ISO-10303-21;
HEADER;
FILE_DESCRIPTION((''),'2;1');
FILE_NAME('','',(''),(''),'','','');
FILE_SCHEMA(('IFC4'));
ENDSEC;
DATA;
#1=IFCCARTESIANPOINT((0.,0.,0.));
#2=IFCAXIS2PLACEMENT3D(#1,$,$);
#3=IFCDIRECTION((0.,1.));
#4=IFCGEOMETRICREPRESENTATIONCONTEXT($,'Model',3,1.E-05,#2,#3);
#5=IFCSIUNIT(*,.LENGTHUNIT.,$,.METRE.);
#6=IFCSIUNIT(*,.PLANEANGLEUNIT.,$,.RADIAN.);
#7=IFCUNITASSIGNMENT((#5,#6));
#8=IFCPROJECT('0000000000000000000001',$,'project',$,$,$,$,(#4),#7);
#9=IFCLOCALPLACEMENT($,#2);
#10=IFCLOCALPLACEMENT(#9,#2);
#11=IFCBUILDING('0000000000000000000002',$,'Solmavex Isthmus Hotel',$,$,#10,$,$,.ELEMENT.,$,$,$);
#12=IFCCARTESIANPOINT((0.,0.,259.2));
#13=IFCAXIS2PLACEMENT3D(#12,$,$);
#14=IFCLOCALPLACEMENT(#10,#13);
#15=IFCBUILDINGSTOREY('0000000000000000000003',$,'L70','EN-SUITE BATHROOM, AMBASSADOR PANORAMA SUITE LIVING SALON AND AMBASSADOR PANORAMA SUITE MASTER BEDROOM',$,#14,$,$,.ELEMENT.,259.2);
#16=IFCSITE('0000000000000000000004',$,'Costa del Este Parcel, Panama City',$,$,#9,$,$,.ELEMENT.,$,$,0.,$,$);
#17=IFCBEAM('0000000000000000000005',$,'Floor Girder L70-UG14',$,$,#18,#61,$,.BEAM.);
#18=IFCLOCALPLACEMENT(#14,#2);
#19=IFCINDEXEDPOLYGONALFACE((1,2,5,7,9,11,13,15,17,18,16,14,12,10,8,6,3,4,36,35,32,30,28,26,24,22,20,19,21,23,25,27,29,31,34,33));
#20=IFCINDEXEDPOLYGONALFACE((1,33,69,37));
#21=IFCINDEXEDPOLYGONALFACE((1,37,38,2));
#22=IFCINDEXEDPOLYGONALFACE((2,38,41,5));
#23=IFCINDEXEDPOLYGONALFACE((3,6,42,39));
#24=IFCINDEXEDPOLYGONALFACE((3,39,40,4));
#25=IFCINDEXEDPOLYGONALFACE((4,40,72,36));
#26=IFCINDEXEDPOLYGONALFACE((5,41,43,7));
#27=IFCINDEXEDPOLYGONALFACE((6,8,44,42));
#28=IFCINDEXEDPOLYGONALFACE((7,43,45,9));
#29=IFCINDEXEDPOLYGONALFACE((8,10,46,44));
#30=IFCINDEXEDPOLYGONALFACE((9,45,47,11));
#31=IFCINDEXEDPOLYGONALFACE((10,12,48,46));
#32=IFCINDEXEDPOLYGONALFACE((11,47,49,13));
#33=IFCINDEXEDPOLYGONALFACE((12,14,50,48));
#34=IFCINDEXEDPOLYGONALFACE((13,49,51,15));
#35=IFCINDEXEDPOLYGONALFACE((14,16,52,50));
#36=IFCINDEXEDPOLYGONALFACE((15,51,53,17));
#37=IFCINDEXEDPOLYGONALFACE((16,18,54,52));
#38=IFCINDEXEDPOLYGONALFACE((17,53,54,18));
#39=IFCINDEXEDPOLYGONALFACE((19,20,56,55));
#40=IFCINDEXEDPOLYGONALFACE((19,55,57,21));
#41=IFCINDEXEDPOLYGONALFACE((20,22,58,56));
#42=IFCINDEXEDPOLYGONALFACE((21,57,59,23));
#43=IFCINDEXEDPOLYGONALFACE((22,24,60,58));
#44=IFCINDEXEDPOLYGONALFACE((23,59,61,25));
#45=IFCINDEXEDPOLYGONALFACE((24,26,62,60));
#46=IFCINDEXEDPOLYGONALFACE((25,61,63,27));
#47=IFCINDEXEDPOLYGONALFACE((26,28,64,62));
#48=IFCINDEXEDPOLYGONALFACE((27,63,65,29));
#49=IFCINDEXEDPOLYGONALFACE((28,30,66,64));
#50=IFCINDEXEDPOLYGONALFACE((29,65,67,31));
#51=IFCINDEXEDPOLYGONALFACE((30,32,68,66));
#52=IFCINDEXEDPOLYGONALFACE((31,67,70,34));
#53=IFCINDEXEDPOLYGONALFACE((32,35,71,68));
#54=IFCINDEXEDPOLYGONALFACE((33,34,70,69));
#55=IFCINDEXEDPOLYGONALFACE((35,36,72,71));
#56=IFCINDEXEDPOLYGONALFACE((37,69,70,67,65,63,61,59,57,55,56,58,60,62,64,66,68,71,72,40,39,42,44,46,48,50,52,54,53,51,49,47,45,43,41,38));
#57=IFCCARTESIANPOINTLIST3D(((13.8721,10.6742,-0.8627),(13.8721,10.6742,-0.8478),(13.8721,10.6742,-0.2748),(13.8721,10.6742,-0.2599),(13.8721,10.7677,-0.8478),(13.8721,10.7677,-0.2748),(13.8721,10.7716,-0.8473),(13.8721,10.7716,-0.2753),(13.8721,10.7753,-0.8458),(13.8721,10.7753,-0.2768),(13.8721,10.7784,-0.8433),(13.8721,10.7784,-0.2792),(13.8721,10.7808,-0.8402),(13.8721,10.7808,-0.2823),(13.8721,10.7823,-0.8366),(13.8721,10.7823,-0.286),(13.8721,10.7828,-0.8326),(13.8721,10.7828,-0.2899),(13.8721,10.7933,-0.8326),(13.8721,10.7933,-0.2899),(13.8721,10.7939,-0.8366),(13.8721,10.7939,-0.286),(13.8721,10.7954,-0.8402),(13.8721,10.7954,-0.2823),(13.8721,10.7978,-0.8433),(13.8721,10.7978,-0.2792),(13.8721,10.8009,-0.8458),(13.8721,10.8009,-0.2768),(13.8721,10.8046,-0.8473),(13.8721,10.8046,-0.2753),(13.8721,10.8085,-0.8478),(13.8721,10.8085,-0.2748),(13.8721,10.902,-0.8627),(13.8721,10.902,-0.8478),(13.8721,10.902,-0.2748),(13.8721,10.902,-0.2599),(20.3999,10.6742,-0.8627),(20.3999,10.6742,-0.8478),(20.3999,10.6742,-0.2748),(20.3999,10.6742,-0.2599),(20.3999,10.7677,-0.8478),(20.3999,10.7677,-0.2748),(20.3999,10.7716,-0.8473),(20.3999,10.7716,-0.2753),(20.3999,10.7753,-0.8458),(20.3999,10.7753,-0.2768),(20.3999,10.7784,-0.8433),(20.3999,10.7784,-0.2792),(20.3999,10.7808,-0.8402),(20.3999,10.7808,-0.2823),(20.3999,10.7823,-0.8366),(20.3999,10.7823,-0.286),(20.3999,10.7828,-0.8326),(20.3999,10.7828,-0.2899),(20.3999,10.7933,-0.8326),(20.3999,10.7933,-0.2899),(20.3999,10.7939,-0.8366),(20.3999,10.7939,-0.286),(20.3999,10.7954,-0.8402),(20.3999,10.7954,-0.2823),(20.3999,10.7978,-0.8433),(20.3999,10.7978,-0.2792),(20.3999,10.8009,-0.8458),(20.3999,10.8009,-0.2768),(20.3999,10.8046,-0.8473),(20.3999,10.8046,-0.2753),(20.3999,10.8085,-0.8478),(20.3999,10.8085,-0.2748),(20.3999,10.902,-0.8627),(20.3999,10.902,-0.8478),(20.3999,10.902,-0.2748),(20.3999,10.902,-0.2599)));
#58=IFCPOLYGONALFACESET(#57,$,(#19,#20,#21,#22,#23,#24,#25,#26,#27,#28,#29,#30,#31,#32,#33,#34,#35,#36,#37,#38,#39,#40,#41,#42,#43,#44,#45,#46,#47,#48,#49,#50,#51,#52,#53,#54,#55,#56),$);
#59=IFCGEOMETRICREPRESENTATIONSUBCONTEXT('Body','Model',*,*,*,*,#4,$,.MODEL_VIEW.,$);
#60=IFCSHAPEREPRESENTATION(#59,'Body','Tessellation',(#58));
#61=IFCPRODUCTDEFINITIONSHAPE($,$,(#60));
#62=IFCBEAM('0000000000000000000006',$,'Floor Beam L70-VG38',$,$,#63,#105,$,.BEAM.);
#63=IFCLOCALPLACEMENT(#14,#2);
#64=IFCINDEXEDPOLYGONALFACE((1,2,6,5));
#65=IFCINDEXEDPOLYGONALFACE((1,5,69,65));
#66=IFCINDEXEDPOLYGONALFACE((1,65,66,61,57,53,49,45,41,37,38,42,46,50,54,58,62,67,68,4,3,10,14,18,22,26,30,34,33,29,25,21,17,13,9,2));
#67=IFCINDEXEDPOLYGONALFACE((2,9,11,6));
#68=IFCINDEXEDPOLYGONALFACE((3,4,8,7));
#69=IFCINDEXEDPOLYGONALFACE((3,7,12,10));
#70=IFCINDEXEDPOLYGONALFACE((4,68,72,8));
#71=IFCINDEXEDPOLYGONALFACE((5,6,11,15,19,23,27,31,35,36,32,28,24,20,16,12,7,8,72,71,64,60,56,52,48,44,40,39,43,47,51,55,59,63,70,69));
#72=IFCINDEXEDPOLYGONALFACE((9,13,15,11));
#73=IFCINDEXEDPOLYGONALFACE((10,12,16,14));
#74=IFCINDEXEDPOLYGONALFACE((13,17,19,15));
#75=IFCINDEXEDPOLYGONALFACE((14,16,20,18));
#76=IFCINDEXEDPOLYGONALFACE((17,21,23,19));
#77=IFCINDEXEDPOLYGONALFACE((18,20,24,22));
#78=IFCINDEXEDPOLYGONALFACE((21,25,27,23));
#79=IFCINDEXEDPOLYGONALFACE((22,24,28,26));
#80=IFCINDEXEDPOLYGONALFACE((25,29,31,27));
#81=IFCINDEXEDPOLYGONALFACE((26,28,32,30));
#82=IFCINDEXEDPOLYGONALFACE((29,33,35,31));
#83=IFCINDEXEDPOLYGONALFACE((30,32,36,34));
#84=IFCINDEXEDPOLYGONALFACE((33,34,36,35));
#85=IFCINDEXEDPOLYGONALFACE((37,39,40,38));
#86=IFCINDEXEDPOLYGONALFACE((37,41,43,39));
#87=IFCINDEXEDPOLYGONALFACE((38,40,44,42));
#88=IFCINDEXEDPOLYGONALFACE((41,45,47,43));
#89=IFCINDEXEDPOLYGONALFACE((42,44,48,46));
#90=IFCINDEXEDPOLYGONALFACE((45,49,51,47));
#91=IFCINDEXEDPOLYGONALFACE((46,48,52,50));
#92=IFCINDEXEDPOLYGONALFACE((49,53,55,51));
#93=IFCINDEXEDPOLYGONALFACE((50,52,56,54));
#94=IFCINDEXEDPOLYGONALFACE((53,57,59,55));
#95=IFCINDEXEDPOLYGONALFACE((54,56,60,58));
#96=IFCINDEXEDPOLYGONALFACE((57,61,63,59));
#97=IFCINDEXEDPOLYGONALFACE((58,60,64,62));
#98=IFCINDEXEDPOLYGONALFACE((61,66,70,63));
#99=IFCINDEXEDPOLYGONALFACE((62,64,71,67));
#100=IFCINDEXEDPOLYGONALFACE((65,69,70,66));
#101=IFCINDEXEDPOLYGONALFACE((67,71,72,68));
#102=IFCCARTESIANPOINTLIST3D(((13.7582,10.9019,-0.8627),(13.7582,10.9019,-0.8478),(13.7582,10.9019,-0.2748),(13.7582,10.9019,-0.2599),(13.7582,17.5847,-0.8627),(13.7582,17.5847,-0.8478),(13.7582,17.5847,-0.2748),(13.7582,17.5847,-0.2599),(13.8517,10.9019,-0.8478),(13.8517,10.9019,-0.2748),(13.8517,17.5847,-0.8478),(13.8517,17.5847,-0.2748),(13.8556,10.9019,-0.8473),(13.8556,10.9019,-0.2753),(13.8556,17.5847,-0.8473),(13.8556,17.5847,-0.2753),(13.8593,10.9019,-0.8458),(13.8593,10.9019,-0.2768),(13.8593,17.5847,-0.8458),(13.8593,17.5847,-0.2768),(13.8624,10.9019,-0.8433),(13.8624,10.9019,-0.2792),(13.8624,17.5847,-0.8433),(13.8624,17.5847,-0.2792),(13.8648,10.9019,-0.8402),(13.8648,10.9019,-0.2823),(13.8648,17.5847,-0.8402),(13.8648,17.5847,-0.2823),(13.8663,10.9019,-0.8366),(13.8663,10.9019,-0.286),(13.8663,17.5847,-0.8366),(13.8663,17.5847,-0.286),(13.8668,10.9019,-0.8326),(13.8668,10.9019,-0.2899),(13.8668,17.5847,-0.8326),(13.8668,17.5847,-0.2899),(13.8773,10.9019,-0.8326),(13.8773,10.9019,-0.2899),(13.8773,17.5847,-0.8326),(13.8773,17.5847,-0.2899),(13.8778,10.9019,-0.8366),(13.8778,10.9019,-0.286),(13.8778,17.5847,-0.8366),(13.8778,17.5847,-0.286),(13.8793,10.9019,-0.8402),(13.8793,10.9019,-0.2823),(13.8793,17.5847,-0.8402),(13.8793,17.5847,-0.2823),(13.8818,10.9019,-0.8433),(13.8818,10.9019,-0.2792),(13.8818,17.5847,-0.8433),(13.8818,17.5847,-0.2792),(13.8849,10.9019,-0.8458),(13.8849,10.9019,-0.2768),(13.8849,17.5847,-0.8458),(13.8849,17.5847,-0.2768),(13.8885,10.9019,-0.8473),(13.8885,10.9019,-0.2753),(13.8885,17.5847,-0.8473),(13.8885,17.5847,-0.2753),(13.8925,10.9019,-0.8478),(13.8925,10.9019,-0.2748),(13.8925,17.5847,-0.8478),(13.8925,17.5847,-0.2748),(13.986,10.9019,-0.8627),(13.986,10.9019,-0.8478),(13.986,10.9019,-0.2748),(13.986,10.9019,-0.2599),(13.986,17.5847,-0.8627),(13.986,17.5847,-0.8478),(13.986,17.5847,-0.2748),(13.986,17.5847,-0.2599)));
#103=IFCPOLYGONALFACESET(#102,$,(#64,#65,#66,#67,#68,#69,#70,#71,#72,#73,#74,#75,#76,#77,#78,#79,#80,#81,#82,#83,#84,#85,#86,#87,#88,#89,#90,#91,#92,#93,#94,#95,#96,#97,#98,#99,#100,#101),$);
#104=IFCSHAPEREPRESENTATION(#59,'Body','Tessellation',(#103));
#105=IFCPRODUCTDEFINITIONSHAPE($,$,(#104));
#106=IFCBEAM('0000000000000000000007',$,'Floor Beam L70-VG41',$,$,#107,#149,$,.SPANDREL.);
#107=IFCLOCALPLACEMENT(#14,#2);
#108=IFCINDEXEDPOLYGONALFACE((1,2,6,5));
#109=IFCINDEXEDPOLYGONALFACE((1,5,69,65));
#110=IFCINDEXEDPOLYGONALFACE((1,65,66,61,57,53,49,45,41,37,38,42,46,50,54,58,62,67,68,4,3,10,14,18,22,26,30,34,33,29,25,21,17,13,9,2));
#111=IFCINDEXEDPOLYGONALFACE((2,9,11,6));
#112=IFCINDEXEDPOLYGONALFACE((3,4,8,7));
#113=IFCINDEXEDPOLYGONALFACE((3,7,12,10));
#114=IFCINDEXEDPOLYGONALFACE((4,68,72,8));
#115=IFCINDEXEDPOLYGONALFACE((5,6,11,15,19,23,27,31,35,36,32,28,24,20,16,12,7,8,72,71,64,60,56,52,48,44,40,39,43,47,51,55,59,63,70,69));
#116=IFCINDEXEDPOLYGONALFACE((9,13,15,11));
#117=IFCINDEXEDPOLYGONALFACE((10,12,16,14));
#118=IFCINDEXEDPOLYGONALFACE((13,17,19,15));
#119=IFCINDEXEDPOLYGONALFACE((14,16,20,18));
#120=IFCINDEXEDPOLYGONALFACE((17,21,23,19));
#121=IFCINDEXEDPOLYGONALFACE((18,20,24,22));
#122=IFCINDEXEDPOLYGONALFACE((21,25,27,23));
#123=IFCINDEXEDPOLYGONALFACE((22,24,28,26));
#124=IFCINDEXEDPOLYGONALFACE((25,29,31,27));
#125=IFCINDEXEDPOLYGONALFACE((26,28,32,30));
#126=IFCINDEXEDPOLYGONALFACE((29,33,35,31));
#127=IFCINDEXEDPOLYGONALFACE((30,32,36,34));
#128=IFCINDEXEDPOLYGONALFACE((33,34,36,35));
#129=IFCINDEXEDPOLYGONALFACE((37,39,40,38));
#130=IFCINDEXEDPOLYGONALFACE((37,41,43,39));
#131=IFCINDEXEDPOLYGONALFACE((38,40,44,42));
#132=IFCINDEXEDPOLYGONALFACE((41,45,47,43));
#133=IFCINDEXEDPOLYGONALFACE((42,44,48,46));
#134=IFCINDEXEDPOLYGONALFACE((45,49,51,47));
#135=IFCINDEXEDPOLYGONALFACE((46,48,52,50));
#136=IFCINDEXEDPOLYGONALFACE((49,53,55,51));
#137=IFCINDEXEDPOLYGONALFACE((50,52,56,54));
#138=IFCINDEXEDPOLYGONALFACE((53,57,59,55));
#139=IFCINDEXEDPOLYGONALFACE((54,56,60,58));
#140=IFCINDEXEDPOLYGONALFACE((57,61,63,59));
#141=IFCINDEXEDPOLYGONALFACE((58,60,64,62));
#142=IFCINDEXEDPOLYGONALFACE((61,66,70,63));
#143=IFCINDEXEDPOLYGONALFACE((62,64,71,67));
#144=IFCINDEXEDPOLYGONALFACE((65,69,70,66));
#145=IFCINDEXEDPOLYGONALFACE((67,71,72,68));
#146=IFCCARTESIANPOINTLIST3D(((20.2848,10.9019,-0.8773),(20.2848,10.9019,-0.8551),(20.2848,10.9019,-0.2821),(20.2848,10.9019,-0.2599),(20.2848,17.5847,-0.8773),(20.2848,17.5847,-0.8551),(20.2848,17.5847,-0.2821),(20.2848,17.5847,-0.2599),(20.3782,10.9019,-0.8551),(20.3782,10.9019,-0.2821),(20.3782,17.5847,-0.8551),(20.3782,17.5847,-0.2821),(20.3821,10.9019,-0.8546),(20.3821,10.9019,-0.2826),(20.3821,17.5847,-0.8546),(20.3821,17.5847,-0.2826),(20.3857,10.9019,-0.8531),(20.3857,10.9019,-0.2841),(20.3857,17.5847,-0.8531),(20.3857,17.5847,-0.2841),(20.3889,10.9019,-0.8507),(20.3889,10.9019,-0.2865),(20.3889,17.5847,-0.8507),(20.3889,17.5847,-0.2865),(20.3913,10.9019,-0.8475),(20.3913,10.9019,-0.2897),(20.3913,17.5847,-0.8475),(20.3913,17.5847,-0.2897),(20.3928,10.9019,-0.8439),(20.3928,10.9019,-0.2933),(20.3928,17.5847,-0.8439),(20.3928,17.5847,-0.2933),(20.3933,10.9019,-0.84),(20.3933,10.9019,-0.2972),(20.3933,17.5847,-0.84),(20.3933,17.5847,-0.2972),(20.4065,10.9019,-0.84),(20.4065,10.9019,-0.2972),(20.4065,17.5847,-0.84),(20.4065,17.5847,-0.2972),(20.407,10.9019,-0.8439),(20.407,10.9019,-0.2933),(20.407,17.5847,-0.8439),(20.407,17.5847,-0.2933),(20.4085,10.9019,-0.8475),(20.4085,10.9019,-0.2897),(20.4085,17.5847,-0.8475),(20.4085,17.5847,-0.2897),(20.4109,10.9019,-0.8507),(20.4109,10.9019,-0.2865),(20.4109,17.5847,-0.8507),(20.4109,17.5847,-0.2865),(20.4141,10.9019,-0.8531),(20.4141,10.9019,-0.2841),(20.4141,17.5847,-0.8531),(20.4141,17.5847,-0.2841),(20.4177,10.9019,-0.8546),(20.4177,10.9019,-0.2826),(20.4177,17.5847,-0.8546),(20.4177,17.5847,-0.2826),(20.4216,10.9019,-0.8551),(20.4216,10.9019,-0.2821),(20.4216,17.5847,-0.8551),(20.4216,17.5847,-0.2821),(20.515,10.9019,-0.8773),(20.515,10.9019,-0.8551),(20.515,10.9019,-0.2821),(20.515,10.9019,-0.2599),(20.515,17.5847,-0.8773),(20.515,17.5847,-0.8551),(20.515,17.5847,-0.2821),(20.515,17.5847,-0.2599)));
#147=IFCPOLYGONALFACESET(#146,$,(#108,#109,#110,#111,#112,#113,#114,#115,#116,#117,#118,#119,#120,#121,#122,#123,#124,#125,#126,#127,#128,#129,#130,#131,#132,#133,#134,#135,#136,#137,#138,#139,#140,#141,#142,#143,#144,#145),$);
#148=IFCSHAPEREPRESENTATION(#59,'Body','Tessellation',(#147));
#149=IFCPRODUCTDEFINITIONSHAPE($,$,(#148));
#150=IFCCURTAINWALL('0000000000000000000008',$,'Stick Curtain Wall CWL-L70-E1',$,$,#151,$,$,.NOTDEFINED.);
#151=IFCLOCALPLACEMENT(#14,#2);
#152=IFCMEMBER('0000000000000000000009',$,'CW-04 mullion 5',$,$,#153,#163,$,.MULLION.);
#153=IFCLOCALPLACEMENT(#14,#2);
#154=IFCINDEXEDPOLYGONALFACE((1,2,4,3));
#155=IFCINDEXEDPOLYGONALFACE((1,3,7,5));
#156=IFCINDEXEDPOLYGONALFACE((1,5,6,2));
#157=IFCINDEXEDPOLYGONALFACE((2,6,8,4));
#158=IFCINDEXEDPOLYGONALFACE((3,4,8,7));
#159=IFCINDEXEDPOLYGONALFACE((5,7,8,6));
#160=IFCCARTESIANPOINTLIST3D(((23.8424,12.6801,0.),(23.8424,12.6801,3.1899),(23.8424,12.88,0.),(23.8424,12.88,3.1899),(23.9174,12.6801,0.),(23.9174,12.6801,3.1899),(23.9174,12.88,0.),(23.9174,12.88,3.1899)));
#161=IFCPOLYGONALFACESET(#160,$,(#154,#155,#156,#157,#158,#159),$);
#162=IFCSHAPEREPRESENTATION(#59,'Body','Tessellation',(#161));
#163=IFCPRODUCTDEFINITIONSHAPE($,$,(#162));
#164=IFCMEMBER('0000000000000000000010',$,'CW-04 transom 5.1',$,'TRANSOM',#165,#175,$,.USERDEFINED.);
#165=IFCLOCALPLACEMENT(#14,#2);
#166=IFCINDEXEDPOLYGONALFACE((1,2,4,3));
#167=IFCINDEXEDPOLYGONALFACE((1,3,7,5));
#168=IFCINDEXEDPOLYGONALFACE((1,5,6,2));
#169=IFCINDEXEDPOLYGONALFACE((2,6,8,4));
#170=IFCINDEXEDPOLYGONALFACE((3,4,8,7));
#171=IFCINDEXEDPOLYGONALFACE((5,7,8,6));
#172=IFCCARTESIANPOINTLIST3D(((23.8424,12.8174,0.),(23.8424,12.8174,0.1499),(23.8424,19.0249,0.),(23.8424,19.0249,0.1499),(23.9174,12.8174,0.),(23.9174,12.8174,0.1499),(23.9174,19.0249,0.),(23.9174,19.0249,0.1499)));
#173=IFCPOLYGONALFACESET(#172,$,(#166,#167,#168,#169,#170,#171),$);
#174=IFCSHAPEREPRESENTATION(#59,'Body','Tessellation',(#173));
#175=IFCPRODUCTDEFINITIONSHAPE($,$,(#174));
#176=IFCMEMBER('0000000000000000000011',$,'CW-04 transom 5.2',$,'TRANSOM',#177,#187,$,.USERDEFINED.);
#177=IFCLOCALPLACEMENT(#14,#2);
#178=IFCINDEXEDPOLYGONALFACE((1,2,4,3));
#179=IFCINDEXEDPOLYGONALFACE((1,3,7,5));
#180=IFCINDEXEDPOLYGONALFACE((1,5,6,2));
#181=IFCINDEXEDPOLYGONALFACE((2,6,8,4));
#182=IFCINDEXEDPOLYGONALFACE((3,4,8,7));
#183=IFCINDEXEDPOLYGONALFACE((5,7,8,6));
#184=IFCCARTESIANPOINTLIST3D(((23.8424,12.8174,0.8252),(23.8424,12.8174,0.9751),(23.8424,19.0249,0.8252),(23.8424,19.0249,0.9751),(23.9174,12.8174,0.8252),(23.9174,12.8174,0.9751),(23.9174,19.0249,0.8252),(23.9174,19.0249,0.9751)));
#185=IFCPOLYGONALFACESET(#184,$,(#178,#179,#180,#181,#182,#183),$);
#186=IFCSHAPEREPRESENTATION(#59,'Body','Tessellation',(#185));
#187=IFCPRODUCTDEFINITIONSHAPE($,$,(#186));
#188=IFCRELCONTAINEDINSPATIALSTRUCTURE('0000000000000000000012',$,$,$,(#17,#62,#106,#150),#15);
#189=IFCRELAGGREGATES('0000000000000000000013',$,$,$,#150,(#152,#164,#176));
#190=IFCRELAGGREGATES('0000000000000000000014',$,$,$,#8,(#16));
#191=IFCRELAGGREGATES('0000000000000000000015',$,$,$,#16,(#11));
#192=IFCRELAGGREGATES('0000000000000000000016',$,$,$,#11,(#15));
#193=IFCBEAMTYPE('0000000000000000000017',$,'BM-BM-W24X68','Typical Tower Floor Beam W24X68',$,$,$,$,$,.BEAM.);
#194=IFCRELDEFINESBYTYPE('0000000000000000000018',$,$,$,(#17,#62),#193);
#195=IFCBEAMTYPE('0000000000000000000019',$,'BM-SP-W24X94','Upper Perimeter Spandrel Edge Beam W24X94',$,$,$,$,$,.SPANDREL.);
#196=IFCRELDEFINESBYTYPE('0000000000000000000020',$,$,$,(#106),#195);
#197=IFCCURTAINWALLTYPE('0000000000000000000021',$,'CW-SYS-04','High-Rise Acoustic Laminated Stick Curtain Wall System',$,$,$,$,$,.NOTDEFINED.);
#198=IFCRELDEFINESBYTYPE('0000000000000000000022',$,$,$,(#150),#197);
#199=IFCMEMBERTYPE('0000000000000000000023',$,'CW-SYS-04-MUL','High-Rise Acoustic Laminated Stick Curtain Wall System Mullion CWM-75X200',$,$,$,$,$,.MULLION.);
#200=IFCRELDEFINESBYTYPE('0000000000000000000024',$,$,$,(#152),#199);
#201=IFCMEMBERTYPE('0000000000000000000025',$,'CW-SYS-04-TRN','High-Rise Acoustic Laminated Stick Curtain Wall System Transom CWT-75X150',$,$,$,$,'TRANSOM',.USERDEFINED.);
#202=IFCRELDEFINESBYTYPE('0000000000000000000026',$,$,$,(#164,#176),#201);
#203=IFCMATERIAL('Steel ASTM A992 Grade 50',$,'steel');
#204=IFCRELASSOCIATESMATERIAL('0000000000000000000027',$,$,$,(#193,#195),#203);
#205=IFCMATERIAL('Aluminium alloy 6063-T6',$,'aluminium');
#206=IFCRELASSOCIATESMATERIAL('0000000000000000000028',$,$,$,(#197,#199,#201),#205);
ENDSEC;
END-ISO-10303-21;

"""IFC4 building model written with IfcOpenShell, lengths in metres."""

from ifc_helpers import new_model, si_unit, direction, frame, origin, origin_2d, place, context, subcontext, project, spatial, rectangle, i_section, extrude, material, material_profile, profile_set, type_object, element, aggregate, save


model = new_model("IFC4")

# Units and contexts
model_context = context("Model", 3, precision=1e-05, world=origin(), true_north=direction((0.0, 1.0)))
body_context = subcontext(model_context, "Body", "Model", "MODEL_VIEW")
ifc_project = project(units=[si_unit("LENGTHUNIT", "METRE"), si_unit("PLANEANGLEUNIT", "RADIAN")], contexts=[model_context])

# Site, building, storey
site_placement = place(None, origin())
site = spatial("IfcSite", under=ifc_project, at=site_placement, Name="Costa del Este Parcel, Panama City", CompositionType="ELEMENT", RefElevation=0.0)
building_placement = place(site_placement, origin())
building = spatial("IfcBuilding", under=site, at=building_placement, Name="Solmavex Isthmus Hotel", CompositionType="ELEMENT")
storey_placement = place(building_placement, frame((0.0, 0.0, 259.2)))
storey = spatial("IfcBuildingStorey", under=building, at=storey_placement, Name="L70", Description="EN-SUITE BATHROOM, AMBASSADOR PANORAMA SUITE LIVING SALON AND AMBASSADOR PANORAMA SUITE MASTER BEDROOM", CompositionType="ELEMENT", Elevation=259.2)

# Beams
ifc_material_1 = material(Name="Steel ASTM A992 Grade 50", Category="steel")
ifc_material_profile_1 = material_profile(ifc_material_1, i_section(OverallWidth=0.2278, OverallDepth=0.6028, WebThickness=0.0105, FlangeThickness=0.0149, FilletRadius=0.0151, at=origin_2d()), Name="W24X68")
ifc_profile_set_1 = profile_set([ifc_material_profile_1], Name="Steel ASTM A992 Grade 50")
beam_type_1 = type_object("IfcBeamType", Name="BM-BM-W24X68", Description="Typical Tower Floor Beam W24X68", PredefinedType="BEAM", material=ifc_profile_set_1)
beam_1_placement = place(storey_placement, frame((13.8721, 10.7881, -0.5613), z_axis=(1.0, 0.0, 0.0), x_axis=(0.0, 1.0, 0.0)))
element("IfcBeam", 1, at=beam_1_placement, inside=storey, type_object=beam_type_1, Name="Floor Girder L70-UG14", PredefinedType="BEAM", context=body_context, shape_type="SweptSolid", body=[
    extrude(i_section(OverallWidth=0.2278, OverallDepth=0.6028, WebThickness=0.0105, FlangeThickness=0.0149, FilletRadius=0.0151, at=origin_2d()), origin(), (0.0, 0.0, 1.0), 6.5278),
])
beam_2_placement = place(storey_placement, frame((13.8721, 10.9019, -0.5613), z_axis=(0.0, 1.0, 0.0), x_axis=(-1.0, 0.0, 0.0)))
element("IfcBeam", 2, at=beam_2_placement, inside=storey, type_object=beam_type_1, Name="Floor Beam L70-VG38", PredefinedType="BEAM", context=body_context, shape_type="SweptSolid", body=[
    extrude(i_section(OverallWidth=0.2278, OverallDepth=0.6028, WebThickness=0.0105, FlangeThickness=0.0149, FilletRadius=0.0151, at=origin_2d()), origin(), (0.0, 0.0, 1.0), 6.6829),
])
ifc_material_profile_2 = material_profile(ifc_material_1, i_section(OverallWidth=0.2302, OverallDepth=0.6174, WebThickness=0.0132, FlangeThickness=0.0222, FilletRadius=0.0151, at=origin_2d()), Name="W24X94")
ifc_profile_set_2 = profile_set([ifc_material_profile_2], Name="Steel ASTM A992 Grade 50")
beam_type_2 = type_object("IfcBeamType", Name="BM-SP-W24X94", Description="Upper Perimeter Spandrel Edge Beam W24X94", PredefinedType="SPANDREL", material=ifc_profile_set_2)
beam_3_placement = place(storey_placement, frame((20.3999, 10.9019, -0.5686), z_axis=(0.0, 1.0, 0.0), x_axis=(-1.0, 0.0, 0.0)))
element("IfcBeam", 3, at=beam_3_placement, inside=storey, type_object=beam_type_2, Name="Floor Beam L70-VG41", PredefinedType="SPANDREL", context=body_context, shape_type="SweptSolid", body=[
    extrude(i_section(OverallWidth=0.2302, OverallDepth=0.6174, WebThickness=0.0132, FlangeThickness=0.0222, FilletRadius=0.0151, at=origin_2d()), origin(), (0.0, 0.0, 1.0), 6.6829),
])

# Curtain wall, members
ifc_material_2 = material(Name="Aluminium alloy 6063-T6", Category="aluminium")
curtain_wall_type = type_object("IfcCurtainWallType", Name="CW-SYS-04", Description="High-Rise Acoustic Laminated Stick Curtain Wall System", PredefinedType="NOTDEFINED", material=ifc_material_2)
curtain_wall_placement = place(storey_placement, origin())
curtain_wall = element("IfcCurtainWall", 4, at=curtain_wall_placement, inside=storey, type_object=curtain_wall_type, Name="Stick Curtain Wall CWL-L70-E1", PredefinedType="NOTDEFINED")
ifc_material_profile_3 = material_profile(ifc_material_2, rectangle(XDim=0.075, YDim=0.2, at=origin_2d()), Name="CWM-75X200")
ifc_profile_set_3 = profile_set([ifc_material_profile_3], Name="Aluminium alloy 6063-T6")
member_type_1 = type_object("IfcMemberType", Name="CW-SYS-04-MUL", Description="High-Rise Acoustic Laminated Stick Curtain Wall System Mullion CWM-75X200", PredefinedType="MULLION", material=ifc_profile_set_3)
member_1_placement = place(storey_placement, frame((23.8799, 12.78, 0.0), z_axis=(0.0, 0.0, 1.0), x_axis=(-1.0, 0.0, 0.0)))
member_1 = element("IfcMember", 5, at=member_1_placement, type_object=member_type_1, Name="CW-04 mullion 5", PredefinedType="MULLION", context=body_context, shape_type="SweptSolid", body=[
    extrude(rectangle(XDim=0.075, YDim=0.2, at=origin_2d()), origin(), (0.0, 0.0, 1.0), 3.1899),
])
ifc_material_profile_4 = material_profile(ifc_material_2, rectangle(XDim=0.075, YDim=0.1499, at=origin_2d()), Name="CWT-75X150")
ifc_profile_set_4 = profile_set([ifc_material_profile_4], Name="Aluminium alloy 6063-T6")
member_type_2 = type_object("IfcMemberType", Name="CW-SYS-04-TRN", Description="High-Rise Acoustic Laminated Stick Curtain Wall System Transom CWT-75X150", ElementType="TRANSOM", PredefinedType="USERDEFINED", material=ifc_profile_set_4)
member_2_placement = place(storey_placement, frame((23.8799, 12.8174, 0.075), z_axis=(0.0, 1.0, 0.0), x_axis=(-1.0, 0.0, 0.0)))
member_2 = element("IfcMember", 6, at=member_2_placement, type_object=member_type_2, Name="CW-04 transom 5.1", ObjectType="TRANSOM", PredefinedType="USERDEFINED", context=body_context, shape_type="SweptSolid", body=[
    extrude(rectangle(XDim=0.075, YDim=0.1499, at=origin_2d()), origin(), (0.0, 0.0, 1.0), 6.2075),
])
member_3_placement = place(storey_placement, frame((23.8799, 12.8174, 0.9001), z_axis=(0.0, 1.0, 0.0), x_axis=(-1.0, 0.0, 0.0)))
member_3 = element("IfcMember", 7, at=member_3_placement, type_object=member_type_2, Name="CW-04 transom 5.2", ObjectType="TRANSOM", PredefinedType="USERDEFINED", context=body_context, shape_type="SweptSolid", body=[
    extrude(rectangle(XDim=0.075, YDim=0.1499, at=origin_2d()), origin(), (0.0, 0.0, 1.0), 6.2075),
])
aggregate(curtain_wall, [member_1, member_2, member_3])

save(model, "model.ifc")
